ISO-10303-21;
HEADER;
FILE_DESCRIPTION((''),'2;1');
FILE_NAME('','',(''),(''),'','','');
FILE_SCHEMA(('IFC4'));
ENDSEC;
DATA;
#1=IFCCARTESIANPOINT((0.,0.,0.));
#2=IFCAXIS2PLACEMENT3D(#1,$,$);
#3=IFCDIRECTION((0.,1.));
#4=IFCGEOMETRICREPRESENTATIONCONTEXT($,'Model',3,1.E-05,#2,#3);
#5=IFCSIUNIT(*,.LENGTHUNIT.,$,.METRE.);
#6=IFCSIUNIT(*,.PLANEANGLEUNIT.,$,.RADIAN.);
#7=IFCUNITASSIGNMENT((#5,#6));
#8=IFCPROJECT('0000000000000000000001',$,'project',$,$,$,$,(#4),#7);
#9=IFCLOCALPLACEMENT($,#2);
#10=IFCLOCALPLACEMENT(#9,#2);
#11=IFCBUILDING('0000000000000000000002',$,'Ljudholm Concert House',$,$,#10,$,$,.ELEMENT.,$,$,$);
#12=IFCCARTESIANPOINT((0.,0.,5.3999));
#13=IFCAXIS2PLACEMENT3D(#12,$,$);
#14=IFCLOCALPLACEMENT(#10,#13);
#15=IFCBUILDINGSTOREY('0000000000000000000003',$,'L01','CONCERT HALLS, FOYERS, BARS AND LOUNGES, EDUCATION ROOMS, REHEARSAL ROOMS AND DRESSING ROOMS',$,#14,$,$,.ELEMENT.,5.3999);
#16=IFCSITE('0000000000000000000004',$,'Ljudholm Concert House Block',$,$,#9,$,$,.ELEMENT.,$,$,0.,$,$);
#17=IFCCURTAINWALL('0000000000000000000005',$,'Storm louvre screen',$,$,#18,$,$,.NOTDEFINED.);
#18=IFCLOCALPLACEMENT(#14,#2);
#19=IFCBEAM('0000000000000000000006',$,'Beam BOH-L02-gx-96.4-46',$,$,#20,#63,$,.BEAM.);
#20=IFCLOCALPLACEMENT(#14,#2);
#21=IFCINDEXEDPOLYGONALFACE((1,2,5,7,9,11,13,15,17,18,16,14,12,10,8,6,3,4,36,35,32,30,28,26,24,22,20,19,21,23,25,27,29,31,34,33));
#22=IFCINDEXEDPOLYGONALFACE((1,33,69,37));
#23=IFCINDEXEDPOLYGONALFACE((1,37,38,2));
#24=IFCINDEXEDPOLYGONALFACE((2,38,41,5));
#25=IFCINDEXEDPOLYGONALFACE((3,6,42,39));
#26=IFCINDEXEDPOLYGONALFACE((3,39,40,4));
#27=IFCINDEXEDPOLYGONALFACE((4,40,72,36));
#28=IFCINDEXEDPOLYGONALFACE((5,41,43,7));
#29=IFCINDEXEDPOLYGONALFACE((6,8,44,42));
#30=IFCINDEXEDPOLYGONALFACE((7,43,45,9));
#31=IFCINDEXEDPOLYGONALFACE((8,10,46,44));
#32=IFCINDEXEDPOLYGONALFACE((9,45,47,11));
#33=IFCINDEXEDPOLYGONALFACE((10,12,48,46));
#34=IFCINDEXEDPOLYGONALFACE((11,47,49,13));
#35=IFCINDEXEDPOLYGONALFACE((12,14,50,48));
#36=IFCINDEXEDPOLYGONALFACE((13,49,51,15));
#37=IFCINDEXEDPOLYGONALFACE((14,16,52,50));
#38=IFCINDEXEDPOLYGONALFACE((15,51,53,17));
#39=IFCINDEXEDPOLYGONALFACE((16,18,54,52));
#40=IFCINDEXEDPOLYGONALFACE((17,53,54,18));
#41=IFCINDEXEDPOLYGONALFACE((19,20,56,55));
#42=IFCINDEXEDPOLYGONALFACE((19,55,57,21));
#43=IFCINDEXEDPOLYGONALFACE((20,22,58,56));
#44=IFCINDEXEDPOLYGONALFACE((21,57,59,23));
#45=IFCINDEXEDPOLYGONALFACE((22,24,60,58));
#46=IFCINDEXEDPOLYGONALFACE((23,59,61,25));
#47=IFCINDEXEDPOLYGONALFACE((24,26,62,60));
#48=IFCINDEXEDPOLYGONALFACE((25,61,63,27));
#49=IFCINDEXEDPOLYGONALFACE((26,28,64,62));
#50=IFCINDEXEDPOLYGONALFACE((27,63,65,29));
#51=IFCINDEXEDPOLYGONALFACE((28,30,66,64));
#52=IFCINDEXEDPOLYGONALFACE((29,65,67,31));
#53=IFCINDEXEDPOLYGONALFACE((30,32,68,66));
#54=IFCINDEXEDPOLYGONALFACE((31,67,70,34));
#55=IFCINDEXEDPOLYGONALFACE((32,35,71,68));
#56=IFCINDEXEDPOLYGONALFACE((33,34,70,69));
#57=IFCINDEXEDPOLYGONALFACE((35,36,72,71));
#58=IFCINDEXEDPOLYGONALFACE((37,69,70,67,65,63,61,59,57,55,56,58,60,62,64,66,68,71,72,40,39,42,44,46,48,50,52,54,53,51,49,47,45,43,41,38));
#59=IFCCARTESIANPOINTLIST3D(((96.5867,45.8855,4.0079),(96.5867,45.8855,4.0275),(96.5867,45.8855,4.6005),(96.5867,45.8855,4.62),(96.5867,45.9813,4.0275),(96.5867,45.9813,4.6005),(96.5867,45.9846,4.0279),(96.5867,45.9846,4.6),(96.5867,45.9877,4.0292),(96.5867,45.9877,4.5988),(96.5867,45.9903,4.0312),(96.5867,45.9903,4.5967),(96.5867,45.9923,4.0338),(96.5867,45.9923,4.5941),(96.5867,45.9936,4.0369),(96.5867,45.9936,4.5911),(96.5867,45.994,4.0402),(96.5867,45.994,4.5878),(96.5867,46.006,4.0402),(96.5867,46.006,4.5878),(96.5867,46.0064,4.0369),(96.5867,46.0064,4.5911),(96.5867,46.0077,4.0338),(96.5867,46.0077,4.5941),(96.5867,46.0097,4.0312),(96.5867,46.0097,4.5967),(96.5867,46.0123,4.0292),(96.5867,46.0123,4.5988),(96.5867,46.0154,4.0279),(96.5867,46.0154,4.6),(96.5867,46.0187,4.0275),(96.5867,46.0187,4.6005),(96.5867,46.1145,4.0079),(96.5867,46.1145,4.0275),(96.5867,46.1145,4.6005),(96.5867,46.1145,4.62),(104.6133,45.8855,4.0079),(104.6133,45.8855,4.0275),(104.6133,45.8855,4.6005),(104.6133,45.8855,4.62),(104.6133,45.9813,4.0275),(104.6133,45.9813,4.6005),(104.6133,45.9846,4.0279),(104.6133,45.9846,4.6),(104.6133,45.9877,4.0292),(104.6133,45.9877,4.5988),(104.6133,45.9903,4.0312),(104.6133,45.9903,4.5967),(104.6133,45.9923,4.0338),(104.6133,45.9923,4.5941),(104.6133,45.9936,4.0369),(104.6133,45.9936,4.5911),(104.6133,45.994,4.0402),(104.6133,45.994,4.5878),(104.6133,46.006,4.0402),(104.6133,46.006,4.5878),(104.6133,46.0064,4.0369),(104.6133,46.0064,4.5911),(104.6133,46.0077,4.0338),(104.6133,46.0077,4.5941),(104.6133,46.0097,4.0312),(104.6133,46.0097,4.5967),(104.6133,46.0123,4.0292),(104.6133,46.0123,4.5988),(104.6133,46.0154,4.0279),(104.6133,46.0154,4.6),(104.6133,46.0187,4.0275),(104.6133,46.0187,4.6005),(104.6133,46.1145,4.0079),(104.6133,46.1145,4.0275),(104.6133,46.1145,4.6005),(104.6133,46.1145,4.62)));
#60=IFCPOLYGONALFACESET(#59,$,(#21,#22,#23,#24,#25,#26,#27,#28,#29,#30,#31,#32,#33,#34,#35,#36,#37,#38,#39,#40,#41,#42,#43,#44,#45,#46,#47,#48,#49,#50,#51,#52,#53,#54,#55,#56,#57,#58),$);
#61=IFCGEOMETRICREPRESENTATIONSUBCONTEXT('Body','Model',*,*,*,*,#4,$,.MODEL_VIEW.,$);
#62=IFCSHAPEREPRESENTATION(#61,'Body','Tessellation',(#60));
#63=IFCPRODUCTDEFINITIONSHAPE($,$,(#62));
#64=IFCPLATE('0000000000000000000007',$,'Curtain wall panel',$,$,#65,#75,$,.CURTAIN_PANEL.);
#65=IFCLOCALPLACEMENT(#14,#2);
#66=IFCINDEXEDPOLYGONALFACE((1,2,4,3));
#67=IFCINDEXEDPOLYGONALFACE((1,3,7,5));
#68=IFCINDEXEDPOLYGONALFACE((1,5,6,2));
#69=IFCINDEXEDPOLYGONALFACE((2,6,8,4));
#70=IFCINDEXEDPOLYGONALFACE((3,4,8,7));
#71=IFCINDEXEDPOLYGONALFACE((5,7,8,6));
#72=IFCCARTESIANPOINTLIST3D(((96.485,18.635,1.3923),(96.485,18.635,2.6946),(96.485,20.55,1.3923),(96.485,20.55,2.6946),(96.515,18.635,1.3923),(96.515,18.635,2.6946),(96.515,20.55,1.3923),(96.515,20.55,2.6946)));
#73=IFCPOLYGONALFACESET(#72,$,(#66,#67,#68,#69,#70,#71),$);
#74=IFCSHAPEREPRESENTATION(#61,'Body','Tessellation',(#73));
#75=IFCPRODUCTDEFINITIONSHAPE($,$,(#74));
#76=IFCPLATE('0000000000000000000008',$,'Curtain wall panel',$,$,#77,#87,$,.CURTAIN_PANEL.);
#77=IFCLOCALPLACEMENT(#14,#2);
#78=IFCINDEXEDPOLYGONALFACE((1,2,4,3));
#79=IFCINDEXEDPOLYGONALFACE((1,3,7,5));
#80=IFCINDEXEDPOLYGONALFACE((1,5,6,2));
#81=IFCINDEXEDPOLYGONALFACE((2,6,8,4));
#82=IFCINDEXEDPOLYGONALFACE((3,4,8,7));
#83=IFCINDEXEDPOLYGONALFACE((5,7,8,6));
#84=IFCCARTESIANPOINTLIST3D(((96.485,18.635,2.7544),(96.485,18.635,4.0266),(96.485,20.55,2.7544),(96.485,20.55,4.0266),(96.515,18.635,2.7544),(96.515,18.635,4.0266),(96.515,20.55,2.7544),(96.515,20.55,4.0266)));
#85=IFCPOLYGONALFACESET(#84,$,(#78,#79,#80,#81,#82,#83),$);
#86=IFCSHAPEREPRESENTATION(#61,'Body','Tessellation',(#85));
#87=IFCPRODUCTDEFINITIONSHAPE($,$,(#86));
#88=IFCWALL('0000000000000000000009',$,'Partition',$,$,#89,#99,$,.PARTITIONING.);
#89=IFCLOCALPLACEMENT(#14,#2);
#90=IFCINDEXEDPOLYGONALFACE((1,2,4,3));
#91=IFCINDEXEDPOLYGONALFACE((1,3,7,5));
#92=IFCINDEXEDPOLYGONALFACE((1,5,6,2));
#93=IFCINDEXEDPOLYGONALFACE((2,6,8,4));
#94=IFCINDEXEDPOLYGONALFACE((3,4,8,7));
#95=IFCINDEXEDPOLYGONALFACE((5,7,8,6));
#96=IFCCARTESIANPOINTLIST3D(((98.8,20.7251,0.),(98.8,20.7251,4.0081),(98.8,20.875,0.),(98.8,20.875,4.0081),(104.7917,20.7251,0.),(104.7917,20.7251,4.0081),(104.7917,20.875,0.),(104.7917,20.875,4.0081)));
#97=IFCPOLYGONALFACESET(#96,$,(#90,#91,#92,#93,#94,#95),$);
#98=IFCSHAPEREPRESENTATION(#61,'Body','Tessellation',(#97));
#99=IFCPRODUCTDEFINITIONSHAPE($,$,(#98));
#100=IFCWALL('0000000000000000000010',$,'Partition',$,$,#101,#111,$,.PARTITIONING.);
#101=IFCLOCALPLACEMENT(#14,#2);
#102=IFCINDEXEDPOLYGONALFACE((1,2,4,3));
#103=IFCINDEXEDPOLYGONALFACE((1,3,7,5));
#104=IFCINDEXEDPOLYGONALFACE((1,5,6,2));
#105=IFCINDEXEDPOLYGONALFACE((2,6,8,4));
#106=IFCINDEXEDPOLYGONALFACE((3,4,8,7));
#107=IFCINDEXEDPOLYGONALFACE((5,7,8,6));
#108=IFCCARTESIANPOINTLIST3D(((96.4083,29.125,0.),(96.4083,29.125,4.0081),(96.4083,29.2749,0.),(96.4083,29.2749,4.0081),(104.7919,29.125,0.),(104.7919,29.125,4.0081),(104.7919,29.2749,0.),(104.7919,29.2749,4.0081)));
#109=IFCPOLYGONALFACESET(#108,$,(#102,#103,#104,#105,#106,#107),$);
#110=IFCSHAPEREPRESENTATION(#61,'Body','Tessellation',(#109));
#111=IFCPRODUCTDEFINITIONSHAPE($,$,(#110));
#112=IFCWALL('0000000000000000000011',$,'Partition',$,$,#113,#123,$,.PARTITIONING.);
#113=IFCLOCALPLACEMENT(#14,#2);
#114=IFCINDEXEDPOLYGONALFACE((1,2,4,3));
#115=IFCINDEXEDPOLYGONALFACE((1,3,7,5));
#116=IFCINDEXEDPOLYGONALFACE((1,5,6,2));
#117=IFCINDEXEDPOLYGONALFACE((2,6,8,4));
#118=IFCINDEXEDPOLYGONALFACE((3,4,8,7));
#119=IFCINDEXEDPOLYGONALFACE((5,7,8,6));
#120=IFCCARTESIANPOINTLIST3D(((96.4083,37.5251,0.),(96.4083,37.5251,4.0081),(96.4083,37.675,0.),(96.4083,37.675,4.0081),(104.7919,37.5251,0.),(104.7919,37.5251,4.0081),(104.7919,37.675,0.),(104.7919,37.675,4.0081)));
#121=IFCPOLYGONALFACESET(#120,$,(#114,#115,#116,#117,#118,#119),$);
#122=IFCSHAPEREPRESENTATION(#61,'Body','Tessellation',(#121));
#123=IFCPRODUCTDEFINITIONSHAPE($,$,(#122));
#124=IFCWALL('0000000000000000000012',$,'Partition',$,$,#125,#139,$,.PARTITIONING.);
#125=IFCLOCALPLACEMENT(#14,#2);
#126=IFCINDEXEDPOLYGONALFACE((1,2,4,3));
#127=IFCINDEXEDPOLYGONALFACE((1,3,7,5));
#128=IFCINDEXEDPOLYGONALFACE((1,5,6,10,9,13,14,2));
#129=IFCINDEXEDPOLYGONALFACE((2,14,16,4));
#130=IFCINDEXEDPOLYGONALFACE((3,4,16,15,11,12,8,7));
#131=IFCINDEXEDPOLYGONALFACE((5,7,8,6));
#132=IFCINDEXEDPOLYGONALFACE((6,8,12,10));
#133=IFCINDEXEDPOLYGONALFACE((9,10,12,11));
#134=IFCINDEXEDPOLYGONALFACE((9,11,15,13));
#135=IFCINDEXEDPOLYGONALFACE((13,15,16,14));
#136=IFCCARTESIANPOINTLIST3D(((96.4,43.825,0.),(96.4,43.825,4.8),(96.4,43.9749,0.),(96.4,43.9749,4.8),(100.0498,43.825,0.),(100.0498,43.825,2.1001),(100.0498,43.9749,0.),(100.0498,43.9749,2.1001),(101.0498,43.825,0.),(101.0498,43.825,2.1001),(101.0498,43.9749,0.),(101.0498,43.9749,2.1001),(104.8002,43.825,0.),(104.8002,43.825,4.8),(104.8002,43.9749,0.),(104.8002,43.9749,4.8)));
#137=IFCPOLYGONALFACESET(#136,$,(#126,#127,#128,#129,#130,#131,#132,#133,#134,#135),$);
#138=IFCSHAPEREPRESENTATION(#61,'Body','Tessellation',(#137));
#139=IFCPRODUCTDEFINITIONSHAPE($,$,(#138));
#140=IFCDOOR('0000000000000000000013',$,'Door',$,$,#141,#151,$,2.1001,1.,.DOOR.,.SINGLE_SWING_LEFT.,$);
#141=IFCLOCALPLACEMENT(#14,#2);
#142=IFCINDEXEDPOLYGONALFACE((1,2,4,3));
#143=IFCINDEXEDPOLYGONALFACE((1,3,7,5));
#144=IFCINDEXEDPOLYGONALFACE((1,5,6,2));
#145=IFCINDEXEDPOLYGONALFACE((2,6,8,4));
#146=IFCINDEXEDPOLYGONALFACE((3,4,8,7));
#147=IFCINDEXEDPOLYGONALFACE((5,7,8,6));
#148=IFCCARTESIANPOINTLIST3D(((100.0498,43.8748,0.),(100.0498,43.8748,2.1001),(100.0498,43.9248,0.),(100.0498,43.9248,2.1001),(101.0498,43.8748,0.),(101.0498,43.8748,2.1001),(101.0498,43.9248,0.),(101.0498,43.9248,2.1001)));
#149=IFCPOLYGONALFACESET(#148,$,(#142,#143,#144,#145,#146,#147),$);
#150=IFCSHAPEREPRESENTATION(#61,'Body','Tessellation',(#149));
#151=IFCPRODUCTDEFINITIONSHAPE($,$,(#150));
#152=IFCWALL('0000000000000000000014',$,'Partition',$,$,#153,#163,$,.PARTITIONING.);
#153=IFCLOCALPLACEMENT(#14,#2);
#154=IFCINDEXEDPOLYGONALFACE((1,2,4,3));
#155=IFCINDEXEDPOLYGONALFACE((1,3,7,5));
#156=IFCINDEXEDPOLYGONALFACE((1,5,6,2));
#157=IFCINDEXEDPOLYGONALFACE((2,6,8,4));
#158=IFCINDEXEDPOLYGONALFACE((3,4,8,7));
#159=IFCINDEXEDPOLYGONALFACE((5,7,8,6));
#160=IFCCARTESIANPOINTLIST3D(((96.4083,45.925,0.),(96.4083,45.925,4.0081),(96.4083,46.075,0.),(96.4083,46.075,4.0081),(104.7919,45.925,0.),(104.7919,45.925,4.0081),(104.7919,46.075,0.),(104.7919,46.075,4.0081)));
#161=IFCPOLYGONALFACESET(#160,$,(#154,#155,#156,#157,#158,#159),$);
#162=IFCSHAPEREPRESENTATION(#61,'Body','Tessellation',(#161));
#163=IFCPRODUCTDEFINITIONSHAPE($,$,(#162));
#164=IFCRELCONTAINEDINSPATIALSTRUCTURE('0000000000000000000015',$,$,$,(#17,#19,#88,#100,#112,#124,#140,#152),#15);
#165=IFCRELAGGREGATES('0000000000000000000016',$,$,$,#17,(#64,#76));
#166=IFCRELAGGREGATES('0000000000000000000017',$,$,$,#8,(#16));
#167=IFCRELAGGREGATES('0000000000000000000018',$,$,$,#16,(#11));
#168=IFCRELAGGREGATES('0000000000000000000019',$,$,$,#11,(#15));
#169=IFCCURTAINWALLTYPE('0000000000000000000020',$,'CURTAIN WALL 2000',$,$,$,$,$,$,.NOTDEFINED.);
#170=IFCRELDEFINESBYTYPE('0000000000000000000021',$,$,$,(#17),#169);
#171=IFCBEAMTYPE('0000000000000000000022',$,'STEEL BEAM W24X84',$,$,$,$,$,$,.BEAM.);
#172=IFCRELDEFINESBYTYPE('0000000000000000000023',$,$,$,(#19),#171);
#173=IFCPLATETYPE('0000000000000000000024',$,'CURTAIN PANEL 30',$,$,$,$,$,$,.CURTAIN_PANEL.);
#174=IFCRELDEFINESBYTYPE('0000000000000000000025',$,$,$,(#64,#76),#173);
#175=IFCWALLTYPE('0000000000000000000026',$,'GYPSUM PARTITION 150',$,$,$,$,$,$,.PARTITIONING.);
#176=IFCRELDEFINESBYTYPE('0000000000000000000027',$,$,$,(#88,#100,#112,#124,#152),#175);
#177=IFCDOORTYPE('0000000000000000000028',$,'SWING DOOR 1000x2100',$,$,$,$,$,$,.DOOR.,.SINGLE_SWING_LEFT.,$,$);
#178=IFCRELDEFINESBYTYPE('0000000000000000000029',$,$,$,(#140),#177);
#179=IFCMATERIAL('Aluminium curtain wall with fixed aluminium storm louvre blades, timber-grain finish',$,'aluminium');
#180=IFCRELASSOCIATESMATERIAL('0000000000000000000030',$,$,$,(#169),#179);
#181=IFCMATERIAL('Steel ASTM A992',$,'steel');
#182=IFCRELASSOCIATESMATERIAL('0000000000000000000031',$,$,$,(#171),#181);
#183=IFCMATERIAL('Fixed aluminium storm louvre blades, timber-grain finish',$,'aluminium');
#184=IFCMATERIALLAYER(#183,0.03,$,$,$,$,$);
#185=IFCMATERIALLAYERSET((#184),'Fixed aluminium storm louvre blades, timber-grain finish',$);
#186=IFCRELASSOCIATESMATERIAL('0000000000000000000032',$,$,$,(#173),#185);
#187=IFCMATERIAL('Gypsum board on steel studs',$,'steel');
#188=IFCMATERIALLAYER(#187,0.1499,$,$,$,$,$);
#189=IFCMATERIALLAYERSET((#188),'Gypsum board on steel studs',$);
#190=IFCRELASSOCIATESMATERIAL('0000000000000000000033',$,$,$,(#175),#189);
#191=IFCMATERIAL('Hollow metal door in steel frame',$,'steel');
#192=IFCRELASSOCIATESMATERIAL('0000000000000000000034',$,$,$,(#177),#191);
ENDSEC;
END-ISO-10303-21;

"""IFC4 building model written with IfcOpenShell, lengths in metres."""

from ifc_helpers import new_model, si_unit, direction, frame, frame_2d, origin, origin_2d, place, context, subcontext, project, spatial, rectangle, i_section, extrude, material, layer, layer_set, material_profile, profile_set, type_object, element, fill, aggregate, save


model = new_model("IFC4")

# Units and contexts
model_context = context("Model", 3, precision=1e-05, world=origin(), true_north=direction((0.0, 1.0)))
body_context = subcontext(model_context, "Body", "Model", "MODEL_VIEW")
ifc_project = project(units=[si_unit("LENGTHUNIT", "METRE"), si_unit("PLANEANGLEUNIT", "RADIAN")], contexts=[model_context])

# Site, building, storey
site_placement = place(None, origin())
site = spatial("IfcSite", under=ifc_project, at=site_placement, Name="Ljudholm Concert House Block", CompositionType="ELEMENT", RefElevation=0.0)
building_placement = place(site_placement, origin())
building = spatial("IfcBuilding", under=site, at=building_placement, Name="Ljudholm Concert House", CompositionType="ELEMENT")
storey_placement = place(building_placement, frame((0.0, 0.0, 5.3999)))
storey = spatial("IfcBuildingStorey", under=building, at=storey_placement, Name="L01", Description="CONCERT HALLS, FOYERS, BARS AND LOUNGES, EDUCATION ROOMS, REHEARSAL ROOMS AND DRESSING ROOMS", CompositionType="ELEMENT", Elevation=5.3999)

# Curtain wall
ifc_material_1 = material(Name="Aluminium curtain wall with fixed aluminium storm louvre blades, timber-grain finish", Category="aluminium")
curtain_wall_type = type_object("IfcCurtainWallType", Name="CURTAIN WALL 2000", PredefinedType="NOTDEFINED", material=ifc_material_1)
curtain_wall_placement = place(storey_placement, origin())
curtain_wall = element("IfcCurtainWall", 1, at=curtain_wall_placement, inside=storey, type_object=curtain_wall_type, Name="Storm louvre screen", PredefinedType="NOTDEFINED")

# Beam
ifc_material_2 = material(Name="Steel ASTM A992", Category="steel")
ifc_material_profile_1 = material_profile(ifc_material_2, i_section(OverallWidth=0.229, OverallDepth=0.6121, WebThickness=0.012, FlangeThickness=0.0195, FilletRadius=0.0127, at=origin_2d()), Name="W24X84")
ifc_profile_set_1 = profile_set([ifc_material_profile_1], Name="Steel ASTM A992")
beam_type_1 = type_object("IfcBeamType", Name="STEEL BEAM W24X84", PredefinedType="BEAM", material=ifc_profile_set_1)
for number, where, z_axis, x_axis, name in (
    (2, (96.5867, 46.0, 4.314), (1.0, 0.0, 0.0), (0.0, 1.0, 0.0), "Beam BOH-L02-gx-96.4-46"),
):
    element("IfcBeam", number, at=place(storey_placement, frame(where, z_axis=z_axis, x_axis=x_axis)), inside=storey, type_object=beam_type_1, Name=name, PredefinedType="BEAM", context=body_context, shape_type="SweptSolid", body=[
        extrude(i_section(OverallWidth=0.229, OverallDepth=0.6121, WebThickness=0.012, FlangeThickness=0.0195, FilletRadius=0.0127, at=origin_2d()), origin(), (0.0, 0.0, 1.0), 8.0266),
    ])

# Plates
ifc_material_3 = material(Name="Fixed aluminium storm louvre blades, timber-grain finish", Category="aluminium")
ifc_layer_1 = layer(ifc_material_3, 0.03)
ifc_layer_set_1 = layer_set([ifc_layer_1], Name="Fixed aluminium storm louvre blades, timber-grain finish")
plate_type = type_object("IfcPlateType", Name="CURTAIN PANEL 30", PredefinedType="CURTAIN_PANEL", material=ifc_layer_set_1)
plate_1_placement = place(storey_placement, frame((96.5, 19.5925, 1.3923), z_axis=(0.0, 0.0, 1.0), x_axis=(0.0, 1.0, 0.0)))
plate_1 = element("IfcPlate", 3, at=plate_1_placement, type_object=plate_type, Name="Curtain wall panel", PredefinedType="CURTAIN_PANEL", context=body_context, shape_type="SweptSolid", body=[
    extrude(rectangle(XDim=1.915, YDim=0.03, at=origin_2d()), origin(), (0.0, 0.0, 1.0), 1.3022),
])
plate_2_placement = place(storey_placement, frame((96.5, 19.5925, 2.7544), z_axis=(0.0, 0.0, 1.0), x_axis=(0.0, 1.0, 0.0)))
plate_2 = element("IfcPlate", 4, at=plate_2_placement, type_object=plate_type, Name="Curtain wall panel", PredefinedType="CURTAIN_PANEL", context=body_context, shape_type="SweptSolid", body=[
    extrude(rectangle(XDim=1.915, YDim=0.03, at=origin_2d()), origin(), (0.0, 0.0, 1.0), 1.2722),
])
aggregate(curtain_wall, [plate_1, plate_2])

# Walls
ifc_material_4 = material(Name="Gypsum board on steel studs", Category="steel")
ifc_layer_2 = layer(ifc_material_4, 0.1499)
ifc_layer_set_2 = layer_set([ifc_layer_2], Name="Gypsum board on steel studs")
wall_type_1 = type_object("IfcWallType", Name="GYPSUM PARTITION 150", PredefinedType="PARTITIONING", material=ifc_layer_set_2)
wall_1_placement = place(storey_placement, frame((98.8, 20.8, 0.0), z_axis=(0.0, 0.0, 1.0), x_axis=(1.0, 0.0, 0.0)))
element("IfcWall", 5, at=wall_1_placement, inside=storey, type_object=wall_type_1, Name="Partition", PredefinedType="PARTITIONING", context=body_context, shape_type="SweptSolid", body=[
    extrude(rectangle(XDim=5.9917, YDim=0.1499, at=frame_2d((2.9958, 0.0))), origin(), (0.0, 0.0, 1.0), 4.0081),
])
for number, where, z_axis, x_axis, name in (
    (6, (96.4082, 29.2, 0.0), (0.0, 0.0, 1.0), (1.0, 0.0, 0.0), "Partition"),
    (7, (96.4082, 37.6001, 0.0), (0.0, 0.0, 1.0), (1.0, 0.0, 0.0), "Partition"),
):
    element("IfcWall", number, at=place(storey_placement, frame(where, z_axis=z_axis, x_axis=x_axis)), inside=storey, type_object=wall_type_1, Name=name, PredefinedType="PARTITIONING", context=body_context, shape_type="SweptSolid", body=[
        extrude(rectangle(XDim=8.3835, YDim=0.1499, at=frame_2d((4.1919, 0.0))), origin(), (0.0, 0.0, 1.0), 4.0081),
    ])

# Wall, opening, door
wall_2_placement = place(storey_placement, frame((96.3999, 43.8999, 0.0), z_axis=(0.0, 0.0, 1.0), x_axis=(1.0, 0.0, 0.0)))
wall_2 = element("IfcWall", 8, at=wall_2_placement, inside=storey, type_object=wall_type_1, Name="Partition", PredefinedType="PARTITIONING", context=body_context, shape_type="SweptSolid", body=[
    extrude(rectangle(XDim=8.4001, YDim=0.1499, at=frame_2d((4.2002, 0.0))), origin(), (0.0, 0.0, 1.0), 4.8),
])
opening_1_placement = place(wall_2_placement, frame((3.6499, 0.0, 0.0)))
opening_1 = element("IfcOpeningElement", 9, at=opening_1_placement, cuts=wall_2, PredefinedType="OPENING", context=body_context, shape_type="SweptSolid", body=[
    extrude(rectangle(XDim=1.0, YDim=2.1001, at=frame_2d((0.5, 1.05))), frame((0.0, 0.085, 0.0), z_axis=(0.0, -1.0, 0.0), x_axis=(1.0, 0.0, 0.0)), (0.0, 0.0, 1.0), 0.1699),
])
ifc_material_5 = material(Name="Hollow metal door in steel frame", Category="steel")
door_type = type_object("IfcDoorType", Name="SWING DOOR 1000x2100", OperationType="SINGLE_SWING_LEFT", PredefinedType="DOOR", material=ifc_material_5)
door_placement = place(opening_1_placement, origin())
door = element("IfcDoor", 10, at=door_placement, inside=storey, type_object=door_type, Name="Door", OperationType="SINGLE_SWING_LEFT", OverallHeight=2.1001, OverallWidth=1.0, PredefinedType="DOOR", context=body_context, shape_type="SweptSolid", body=[
    extrude(rectangle(XDim=1.0, YDim=2.1001, at=frame_2d((0.5, 1.05))), frame((0.0, 0.0249, 0.0), z_axis=(0.0, -1.0, 0.0), x_axis=(1.0, 0.0, 0.0)), (0.0, 0.0, 1.0), 0.05),
])
fill(opening_1, door)

# Wall
wall_3_placement = place(storey_placement, frame((96.4082, 46.0, 0.0), z_axis=(0.0, 0.0, 1.0), x_axis=(1.0, 0.0, 0.0)))
element("IfcWall", 11, at=wall_3_placement, inside=storey, type_object=wall_type_1, Name="Partition", PredefinedType="PARTITIONING", context=body_context, shape_type="SweptSolid", body=[
    extrude(rectangle(XDim=8.3835, YDim=0.1499, at=frame_2d((4.1919, 0.0))), origin(), (0.0, 0.0, 1.0), 4.0081),
])

save(model, "model.ifc")
